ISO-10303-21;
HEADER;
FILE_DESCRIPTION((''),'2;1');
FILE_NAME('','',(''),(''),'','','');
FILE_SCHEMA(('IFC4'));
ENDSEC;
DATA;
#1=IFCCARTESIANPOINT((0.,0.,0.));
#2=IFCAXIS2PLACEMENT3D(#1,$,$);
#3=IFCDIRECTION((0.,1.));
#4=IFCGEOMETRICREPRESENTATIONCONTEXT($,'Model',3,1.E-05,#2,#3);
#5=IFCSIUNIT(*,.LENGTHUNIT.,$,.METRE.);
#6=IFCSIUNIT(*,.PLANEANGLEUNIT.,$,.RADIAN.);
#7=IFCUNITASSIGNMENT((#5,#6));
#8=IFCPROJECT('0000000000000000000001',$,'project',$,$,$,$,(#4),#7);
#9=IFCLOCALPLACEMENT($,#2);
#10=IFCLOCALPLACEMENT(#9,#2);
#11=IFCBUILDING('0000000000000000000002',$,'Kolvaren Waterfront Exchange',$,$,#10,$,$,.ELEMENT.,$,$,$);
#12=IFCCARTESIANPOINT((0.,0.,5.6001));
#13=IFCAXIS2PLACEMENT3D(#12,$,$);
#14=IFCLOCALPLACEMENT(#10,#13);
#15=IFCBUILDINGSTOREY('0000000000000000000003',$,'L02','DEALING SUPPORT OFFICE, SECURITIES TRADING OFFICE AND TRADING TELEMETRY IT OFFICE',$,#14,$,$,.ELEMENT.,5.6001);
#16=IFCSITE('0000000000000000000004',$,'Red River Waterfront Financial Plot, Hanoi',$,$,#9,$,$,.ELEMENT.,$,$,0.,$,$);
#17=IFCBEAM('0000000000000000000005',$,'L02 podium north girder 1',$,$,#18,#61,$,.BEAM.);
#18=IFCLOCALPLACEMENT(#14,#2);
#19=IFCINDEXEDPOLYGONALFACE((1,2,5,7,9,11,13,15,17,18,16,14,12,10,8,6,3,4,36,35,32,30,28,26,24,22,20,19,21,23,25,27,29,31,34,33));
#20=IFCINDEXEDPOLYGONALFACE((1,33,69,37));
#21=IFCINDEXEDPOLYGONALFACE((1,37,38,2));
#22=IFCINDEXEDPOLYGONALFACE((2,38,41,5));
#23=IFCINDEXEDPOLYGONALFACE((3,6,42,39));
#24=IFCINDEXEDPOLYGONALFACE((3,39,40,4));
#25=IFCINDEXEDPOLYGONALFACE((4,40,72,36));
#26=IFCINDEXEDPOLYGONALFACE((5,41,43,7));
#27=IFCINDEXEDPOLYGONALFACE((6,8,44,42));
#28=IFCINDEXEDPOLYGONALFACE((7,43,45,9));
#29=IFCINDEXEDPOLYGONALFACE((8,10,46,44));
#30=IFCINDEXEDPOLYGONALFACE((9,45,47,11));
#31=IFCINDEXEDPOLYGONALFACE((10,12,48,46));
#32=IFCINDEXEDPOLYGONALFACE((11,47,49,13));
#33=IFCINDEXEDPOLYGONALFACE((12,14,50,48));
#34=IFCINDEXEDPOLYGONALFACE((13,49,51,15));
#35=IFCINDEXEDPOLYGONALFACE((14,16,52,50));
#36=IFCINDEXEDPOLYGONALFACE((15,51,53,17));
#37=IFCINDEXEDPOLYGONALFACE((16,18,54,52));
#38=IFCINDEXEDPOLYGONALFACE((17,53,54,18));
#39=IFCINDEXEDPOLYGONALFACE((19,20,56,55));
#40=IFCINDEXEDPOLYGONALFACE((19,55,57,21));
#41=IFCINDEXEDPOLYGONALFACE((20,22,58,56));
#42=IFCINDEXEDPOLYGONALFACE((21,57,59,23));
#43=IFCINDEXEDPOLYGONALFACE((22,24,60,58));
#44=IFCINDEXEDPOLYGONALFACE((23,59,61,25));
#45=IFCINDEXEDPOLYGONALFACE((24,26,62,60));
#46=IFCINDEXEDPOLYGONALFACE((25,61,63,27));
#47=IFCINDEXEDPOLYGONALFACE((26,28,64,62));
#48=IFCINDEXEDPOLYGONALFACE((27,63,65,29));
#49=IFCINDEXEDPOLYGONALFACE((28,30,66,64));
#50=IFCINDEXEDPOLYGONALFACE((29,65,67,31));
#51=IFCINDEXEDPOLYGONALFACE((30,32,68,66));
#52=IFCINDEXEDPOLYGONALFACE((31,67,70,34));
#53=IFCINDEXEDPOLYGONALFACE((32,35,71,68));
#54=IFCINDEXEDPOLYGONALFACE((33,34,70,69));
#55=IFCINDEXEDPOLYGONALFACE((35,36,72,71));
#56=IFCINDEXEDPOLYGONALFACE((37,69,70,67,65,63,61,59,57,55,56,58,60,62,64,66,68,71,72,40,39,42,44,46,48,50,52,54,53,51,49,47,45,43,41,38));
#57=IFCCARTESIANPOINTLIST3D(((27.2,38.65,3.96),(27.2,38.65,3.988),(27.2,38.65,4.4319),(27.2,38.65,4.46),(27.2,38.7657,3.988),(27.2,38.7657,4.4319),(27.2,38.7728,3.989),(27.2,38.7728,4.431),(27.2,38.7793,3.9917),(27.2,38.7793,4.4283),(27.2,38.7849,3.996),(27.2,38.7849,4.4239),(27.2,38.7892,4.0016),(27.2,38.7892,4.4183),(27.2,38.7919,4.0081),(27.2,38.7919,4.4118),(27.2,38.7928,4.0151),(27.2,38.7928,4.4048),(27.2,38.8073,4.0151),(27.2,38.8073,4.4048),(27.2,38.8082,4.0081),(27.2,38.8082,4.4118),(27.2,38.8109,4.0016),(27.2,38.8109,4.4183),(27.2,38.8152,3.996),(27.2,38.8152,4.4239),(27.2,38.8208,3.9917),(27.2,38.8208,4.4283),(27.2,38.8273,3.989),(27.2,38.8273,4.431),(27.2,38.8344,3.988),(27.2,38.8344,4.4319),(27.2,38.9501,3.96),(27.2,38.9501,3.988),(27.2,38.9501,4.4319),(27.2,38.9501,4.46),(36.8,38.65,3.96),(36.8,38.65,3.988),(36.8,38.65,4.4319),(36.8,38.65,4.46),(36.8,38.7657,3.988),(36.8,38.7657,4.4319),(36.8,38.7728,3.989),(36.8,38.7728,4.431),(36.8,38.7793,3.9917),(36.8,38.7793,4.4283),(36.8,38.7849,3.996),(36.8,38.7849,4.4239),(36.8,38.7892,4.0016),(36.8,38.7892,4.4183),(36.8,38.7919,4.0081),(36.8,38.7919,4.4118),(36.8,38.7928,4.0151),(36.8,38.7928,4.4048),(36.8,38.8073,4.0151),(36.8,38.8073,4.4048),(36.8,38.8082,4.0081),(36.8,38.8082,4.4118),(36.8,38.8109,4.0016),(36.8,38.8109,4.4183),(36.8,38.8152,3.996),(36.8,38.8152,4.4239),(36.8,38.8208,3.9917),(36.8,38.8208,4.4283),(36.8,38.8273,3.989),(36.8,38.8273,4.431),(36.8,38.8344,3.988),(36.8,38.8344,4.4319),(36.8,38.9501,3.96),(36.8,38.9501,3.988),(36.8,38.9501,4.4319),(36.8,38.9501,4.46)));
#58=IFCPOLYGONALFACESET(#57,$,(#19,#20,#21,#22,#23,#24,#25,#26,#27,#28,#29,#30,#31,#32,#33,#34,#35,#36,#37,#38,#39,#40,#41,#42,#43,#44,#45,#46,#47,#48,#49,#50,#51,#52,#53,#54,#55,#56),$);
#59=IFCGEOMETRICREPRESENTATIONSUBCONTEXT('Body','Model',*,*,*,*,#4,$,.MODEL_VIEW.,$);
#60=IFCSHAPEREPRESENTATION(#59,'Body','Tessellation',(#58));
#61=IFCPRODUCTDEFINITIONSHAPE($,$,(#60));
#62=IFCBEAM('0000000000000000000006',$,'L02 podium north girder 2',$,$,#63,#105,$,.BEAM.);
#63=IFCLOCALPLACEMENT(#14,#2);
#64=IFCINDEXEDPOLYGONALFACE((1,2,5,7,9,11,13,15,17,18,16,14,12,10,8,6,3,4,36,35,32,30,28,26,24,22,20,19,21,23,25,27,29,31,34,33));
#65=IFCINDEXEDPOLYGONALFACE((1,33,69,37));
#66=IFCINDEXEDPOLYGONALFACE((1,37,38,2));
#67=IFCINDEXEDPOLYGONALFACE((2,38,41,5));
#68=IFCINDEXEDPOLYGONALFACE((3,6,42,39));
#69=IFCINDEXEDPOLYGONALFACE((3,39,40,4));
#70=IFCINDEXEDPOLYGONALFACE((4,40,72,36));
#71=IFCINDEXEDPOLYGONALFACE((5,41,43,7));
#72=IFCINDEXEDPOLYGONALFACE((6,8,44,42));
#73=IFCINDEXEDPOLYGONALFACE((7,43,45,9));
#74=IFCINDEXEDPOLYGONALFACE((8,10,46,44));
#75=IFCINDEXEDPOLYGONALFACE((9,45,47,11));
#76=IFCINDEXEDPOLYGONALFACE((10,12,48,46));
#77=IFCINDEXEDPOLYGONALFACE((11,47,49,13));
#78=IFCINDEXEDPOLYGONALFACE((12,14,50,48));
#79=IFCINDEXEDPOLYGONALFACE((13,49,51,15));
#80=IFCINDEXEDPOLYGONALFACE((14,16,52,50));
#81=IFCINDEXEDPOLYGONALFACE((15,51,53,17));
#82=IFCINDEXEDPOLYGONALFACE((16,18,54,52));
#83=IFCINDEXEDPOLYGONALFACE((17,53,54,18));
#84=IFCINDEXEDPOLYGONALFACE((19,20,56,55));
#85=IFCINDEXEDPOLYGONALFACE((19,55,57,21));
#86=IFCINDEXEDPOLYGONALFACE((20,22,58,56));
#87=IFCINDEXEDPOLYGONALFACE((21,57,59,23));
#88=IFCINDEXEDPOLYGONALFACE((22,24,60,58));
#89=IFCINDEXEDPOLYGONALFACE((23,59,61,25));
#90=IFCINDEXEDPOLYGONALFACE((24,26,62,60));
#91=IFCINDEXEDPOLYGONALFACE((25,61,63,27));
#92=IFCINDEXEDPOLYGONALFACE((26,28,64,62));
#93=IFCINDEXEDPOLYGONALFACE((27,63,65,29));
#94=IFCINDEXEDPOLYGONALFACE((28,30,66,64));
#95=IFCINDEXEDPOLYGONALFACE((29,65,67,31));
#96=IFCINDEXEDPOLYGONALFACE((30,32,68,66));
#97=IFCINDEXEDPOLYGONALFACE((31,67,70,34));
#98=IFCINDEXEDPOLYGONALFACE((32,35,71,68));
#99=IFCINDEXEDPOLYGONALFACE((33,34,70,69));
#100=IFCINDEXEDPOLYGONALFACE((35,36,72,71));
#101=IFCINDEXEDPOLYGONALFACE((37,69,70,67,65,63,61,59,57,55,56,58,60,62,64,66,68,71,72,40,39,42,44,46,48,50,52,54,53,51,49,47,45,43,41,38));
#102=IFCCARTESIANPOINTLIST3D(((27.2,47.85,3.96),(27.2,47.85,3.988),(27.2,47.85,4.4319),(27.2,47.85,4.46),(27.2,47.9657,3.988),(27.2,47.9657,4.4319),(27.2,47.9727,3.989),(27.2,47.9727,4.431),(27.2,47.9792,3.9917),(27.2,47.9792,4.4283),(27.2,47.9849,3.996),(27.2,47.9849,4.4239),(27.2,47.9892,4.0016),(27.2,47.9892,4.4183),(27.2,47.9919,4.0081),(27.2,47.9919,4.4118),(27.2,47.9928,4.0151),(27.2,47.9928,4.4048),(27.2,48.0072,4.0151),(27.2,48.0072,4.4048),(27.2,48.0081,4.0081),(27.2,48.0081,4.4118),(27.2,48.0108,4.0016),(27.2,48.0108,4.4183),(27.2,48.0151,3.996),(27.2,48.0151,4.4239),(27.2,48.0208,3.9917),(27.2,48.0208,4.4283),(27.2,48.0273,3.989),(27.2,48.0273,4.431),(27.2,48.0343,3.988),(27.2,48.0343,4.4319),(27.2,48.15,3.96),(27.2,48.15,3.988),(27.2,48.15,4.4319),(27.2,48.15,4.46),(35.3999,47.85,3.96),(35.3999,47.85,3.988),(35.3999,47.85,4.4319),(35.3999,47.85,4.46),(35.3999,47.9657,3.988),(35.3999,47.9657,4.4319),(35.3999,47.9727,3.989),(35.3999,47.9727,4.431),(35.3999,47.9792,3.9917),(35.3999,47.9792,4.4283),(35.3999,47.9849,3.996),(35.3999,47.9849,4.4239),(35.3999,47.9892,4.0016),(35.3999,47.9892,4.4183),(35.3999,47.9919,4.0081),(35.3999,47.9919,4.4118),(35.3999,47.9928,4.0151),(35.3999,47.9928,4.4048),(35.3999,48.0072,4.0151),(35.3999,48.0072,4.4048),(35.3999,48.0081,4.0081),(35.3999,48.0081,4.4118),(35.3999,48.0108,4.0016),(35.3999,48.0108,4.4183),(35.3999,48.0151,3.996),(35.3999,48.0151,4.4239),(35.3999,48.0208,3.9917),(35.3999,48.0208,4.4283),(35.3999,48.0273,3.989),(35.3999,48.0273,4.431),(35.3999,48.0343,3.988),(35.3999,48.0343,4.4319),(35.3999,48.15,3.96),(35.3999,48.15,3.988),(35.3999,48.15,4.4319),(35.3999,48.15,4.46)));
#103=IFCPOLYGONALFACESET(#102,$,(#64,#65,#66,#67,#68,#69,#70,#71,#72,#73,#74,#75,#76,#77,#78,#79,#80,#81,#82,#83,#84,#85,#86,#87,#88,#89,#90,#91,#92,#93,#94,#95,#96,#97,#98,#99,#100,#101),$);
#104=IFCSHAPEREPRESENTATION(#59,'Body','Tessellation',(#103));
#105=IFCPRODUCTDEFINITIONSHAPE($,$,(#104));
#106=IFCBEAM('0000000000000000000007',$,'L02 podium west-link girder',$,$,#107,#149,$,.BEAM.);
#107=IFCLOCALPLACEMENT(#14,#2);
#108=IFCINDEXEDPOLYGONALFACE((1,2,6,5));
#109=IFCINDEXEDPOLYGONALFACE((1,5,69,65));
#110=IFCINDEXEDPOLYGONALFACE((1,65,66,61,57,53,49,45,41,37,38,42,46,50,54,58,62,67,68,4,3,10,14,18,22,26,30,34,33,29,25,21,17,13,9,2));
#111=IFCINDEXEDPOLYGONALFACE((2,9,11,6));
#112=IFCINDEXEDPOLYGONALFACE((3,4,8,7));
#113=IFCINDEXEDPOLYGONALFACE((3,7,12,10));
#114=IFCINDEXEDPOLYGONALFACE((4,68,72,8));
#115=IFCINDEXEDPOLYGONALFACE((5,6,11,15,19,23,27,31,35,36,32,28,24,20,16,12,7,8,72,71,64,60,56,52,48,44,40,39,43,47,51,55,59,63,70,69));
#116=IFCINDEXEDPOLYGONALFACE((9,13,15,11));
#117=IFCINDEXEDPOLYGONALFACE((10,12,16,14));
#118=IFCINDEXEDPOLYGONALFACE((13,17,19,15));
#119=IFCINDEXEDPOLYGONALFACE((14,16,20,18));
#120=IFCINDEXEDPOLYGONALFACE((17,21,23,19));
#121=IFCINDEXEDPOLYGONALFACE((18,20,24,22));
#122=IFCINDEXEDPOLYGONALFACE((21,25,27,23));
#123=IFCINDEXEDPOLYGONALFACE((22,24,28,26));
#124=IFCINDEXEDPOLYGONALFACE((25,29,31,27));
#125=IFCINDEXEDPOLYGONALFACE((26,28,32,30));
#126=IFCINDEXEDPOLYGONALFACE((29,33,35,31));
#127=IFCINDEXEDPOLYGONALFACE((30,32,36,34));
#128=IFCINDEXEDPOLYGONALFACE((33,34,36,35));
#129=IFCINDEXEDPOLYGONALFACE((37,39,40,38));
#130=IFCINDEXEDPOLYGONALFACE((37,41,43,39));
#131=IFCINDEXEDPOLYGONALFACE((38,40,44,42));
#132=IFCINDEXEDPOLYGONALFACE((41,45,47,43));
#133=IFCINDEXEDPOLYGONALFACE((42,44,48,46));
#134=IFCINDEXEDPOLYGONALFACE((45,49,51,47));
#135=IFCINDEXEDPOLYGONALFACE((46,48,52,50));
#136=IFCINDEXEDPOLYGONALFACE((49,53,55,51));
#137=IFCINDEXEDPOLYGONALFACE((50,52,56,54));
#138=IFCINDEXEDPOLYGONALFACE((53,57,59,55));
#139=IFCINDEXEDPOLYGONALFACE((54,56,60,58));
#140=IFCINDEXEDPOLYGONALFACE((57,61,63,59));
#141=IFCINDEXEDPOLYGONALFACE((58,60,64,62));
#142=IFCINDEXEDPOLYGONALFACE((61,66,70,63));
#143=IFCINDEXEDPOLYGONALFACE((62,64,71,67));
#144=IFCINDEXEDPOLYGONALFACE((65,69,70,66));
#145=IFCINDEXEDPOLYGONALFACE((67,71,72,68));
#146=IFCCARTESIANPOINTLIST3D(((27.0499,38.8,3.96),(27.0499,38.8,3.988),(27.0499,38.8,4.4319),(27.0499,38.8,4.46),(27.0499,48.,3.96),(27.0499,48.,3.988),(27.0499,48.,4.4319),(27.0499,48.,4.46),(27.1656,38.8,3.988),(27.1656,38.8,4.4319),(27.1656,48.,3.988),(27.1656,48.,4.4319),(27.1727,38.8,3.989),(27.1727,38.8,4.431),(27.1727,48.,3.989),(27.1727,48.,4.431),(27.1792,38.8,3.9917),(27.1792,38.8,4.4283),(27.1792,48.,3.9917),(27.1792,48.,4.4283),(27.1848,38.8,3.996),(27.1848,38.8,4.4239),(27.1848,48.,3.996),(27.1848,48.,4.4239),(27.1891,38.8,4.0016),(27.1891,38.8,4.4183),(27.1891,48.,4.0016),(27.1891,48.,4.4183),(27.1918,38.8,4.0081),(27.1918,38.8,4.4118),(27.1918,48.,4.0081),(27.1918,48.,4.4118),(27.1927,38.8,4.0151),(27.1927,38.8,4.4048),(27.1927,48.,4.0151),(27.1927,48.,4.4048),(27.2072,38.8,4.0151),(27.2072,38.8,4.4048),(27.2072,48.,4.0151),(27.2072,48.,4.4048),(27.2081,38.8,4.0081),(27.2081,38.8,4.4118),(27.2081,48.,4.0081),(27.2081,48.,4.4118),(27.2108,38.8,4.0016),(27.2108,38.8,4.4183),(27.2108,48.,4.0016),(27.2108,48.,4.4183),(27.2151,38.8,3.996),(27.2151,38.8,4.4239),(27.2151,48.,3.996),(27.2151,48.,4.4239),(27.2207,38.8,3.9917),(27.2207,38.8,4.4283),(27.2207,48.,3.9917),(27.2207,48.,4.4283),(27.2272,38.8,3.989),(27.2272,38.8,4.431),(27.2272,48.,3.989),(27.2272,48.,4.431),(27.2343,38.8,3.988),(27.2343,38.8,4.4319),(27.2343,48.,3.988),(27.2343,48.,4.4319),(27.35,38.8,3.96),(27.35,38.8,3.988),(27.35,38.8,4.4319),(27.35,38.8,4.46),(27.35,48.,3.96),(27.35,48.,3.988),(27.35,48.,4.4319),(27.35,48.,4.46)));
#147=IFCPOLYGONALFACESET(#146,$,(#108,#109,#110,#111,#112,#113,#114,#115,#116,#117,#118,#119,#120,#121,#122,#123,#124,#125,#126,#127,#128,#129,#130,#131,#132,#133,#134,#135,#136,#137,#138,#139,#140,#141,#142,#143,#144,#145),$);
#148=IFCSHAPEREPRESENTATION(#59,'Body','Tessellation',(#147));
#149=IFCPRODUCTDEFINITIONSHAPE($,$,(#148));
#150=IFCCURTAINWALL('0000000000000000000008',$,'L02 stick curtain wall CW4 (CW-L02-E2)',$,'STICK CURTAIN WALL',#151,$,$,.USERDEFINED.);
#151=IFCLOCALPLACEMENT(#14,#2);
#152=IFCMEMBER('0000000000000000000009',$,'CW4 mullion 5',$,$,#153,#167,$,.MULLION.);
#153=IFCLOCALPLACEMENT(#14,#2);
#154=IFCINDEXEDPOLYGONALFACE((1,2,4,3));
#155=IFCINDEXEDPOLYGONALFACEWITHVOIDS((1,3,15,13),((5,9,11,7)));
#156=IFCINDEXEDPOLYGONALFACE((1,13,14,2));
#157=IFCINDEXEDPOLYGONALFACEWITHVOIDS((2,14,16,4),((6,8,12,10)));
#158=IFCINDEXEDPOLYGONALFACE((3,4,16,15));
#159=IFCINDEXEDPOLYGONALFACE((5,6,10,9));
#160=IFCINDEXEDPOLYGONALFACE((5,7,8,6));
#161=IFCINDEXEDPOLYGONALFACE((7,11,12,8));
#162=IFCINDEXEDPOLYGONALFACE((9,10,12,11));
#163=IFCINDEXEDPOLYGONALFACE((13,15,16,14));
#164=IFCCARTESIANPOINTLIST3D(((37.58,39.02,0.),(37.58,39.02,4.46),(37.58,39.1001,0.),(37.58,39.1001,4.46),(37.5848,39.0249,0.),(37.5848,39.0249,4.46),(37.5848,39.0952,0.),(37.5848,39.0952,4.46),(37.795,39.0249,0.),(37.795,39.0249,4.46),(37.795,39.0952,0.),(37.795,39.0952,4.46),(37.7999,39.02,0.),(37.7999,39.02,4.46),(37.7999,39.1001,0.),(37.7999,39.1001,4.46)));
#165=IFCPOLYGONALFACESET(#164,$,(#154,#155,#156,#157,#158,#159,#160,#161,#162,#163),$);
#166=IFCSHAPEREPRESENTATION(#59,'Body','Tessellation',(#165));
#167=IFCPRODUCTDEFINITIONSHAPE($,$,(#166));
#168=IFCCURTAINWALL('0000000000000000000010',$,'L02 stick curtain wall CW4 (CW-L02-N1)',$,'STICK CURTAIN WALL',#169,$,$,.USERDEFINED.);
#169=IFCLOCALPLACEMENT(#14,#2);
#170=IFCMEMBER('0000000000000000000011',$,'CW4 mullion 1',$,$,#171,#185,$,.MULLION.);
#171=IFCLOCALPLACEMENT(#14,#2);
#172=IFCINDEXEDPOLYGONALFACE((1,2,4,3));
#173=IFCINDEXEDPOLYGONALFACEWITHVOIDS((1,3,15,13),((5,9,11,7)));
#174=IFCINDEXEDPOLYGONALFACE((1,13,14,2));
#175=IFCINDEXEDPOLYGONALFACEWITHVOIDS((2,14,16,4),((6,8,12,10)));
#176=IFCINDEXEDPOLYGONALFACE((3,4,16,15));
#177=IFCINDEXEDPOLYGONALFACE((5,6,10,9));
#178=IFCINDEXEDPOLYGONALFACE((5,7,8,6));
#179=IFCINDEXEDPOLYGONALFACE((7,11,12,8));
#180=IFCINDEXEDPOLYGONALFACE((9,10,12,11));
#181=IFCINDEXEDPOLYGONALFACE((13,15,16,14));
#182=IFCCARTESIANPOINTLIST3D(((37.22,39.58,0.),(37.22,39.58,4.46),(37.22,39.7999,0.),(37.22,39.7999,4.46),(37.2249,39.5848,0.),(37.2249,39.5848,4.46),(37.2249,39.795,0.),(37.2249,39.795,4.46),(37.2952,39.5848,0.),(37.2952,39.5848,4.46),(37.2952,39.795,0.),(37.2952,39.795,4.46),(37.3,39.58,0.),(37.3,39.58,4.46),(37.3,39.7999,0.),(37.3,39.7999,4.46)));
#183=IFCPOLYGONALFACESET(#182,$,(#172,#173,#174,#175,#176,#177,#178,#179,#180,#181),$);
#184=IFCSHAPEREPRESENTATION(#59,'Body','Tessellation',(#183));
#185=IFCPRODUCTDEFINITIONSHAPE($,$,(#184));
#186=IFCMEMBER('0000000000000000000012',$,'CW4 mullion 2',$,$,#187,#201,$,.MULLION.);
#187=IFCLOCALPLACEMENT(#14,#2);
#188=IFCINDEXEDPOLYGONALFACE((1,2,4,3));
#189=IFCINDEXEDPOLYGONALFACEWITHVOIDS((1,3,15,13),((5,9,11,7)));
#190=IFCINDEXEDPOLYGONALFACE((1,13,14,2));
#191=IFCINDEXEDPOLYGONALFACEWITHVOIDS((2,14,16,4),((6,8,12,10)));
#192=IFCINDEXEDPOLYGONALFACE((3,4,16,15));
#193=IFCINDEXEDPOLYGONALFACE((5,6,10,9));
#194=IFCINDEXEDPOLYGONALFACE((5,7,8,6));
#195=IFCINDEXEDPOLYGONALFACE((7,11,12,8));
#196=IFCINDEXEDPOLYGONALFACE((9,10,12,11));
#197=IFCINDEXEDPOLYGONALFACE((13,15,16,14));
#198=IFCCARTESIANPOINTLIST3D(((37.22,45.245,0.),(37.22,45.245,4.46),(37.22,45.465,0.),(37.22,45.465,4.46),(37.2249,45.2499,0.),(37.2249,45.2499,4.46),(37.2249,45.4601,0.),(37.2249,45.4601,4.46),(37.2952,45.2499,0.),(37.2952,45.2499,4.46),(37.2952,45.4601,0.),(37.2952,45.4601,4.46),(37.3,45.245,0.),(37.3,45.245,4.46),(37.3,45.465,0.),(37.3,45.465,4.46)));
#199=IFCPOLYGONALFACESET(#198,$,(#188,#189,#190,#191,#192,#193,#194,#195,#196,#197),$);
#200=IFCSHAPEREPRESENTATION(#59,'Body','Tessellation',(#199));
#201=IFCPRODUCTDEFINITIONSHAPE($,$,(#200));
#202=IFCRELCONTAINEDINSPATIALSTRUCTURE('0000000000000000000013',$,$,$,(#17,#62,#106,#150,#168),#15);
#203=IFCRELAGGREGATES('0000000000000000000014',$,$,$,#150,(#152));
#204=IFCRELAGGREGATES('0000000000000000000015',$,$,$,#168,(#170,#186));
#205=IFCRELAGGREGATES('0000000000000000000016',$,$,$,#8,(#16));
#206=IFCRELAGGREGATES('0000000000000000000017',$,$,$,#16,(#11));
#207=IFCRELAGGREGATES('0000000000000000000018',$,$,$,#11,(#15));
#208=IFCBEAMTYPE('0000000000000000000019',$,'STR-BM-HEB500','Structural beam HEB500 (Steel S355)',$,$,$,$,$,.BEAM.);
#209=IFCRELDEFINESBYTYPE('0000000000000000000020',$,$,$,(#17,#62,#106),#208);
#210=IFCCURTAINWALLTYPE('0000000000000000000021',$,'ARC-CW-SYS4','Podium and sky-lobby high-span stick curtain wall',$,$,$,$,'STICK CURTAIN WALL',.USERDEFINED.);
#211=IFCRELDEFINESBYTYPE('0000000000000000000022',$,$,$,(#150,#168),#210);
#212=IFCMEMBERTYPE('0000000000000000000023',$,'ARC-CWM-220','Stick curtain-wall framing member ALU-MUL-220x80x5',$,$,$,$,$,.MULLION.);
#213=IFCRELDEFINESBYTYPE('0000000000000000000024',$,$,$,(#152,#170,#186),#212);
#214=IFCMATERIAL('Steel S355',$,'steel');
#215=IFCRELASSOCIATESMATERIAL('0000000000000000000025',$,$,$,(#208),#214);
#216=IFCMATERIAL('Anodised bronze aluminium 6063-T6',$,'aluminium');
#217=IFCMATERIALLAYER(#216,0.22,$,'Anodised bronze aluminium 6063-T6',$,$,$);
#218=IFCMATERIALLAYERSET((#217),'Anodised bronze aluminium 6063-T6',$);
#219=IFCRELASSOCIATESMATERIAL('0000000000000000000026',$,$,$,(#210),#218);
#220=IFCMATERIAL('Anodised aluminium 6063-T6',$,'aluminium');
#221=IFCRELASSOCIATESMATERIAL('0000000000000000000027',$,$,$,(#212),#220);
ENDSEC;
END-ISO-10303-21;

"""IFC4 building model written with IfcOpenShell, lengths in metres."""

from ifc_helpers import new_model, si_unit, direction, frame, origin, origin_with_axes, origin_2d, place, context, subcontext, project, spatial, hollow_rectangle, i_section, extrude, source, transform, mapped, material, layer, layer_set, material_profile, profile_set, type_object, element, aggregate, save


model = new_model("IFC4")

# Units and contexts
model_context = context("Model", 3, precision=1e-05, world=origin(), true_north=direction((0.0, 1.0)))
body_context = subcontext(model_context, "Body", "Model", "MODEL_VIEW")
ifc_project = project(units=[si_unit("LENGTHUNIT", "METRE"), si_unit("PLANEANGLEUNIT", "RADIAN")], contexts=[model_context])

# Site, building, storey
site_placement = place(None, origin())
site = spatial("IfcSite", under=ifc_project, at=site_placement, Name="Red River Waterfront Financial Plot, Hanoi", CompositionType="ELEMENT", RefElevation=0.0)
building_placement = place(site_placement, origin())
building = spatial("IfcBuilding", under=site, at=building_placement, Name="Kolvaren Waterfront Exchange", CompositionType="ELEMENT")
storey_placement = place(building_placement, frame((0.0, 0.0, 5.6001)))
storey = spatial("IfcBuildingStorey", under=building, at=storey_placement, Name="L02", Description="DEALING SUPPORT OFFICE, SECURITIES TRADING OFFICE AND TRADING TELEMETRY IT OFFICE", CompositionType="ELEMENT", Elevation=5.6001)

# Beams
ifc_material_1 = material(Name="Steel S355", Category="steel")
ifc_material_profile_1 = material_profile(ifc_material_1, i_section(OverallWidth=0.3, OverallDepth=0.5, WebThickness=0.0144, FlangeThickness=0.0281, FilletRadius=0.0271, at=origin_2d()), Name="HEB500")
ifc_profile_set_1 = profile_set([ifc_material_profile_1], Name="Steel S355")
beam_type = type_object("IfcBeamType", Name="STR-BM-HEB500", Description="Structural beam HEB500 (Steel S355)", PredefinedType="BEAM", material=ifc_profile_set_1)
beam_1_placement = place(storey_placement, frame((27.2, 38.8, 4.21), z_axis=(1.0, 0.0, 0.0), x_axis=(0.0, 1.0, 0.0)))
element("IfcBeam", 1, at=beam_1_placement, inside=storey, type_object=beam_type, Name="L02 podium north girder 1", PredefinedType="BEAM", context=body_context, shape_type="SweptSolid", body=[
    extrude(i_section(OverallWidth=0.3, OverallDepth=0.5, WebThickness=0.0144, FlangeThickness=0.0281, FilletRadius=0.0271, at=origin_2d()), origin(), (0.0, 0.0, 1.0), 9.6001),
])
beam_2_placement = place(storey_placement, frame((27.2, 48.0, 4.21), z_axis=(1.0, 0.0, 0.0), x_axis=(0.0, 1.0, 0.0)))
element("IfcBeam", 2, at=beam_2_placement, inside=storey, type_object=beam_type, Name="L02 podium north girder 2", PredefinedType="BEAM", context=body_context, shape_type="SweptSolid", body=[
    extrude(i_section(OverallWidth=0.3, OverallDepth=0.5, WebThickness=0.0144, FlangeThickness=0.0281, FilletRadius=0.0271, at=origin_2d()), origin(), (0.0, 0.0, 1.0), 8.2),
])
beam_3_placement = place(storey_placement, frame((27.2, 38.8, 4.21), z_axis=(0.0, 1.0, 0.0), x_axis=(-1.0, 0.0, 0.0)))
element("IfcBeam", 3, at=beam_3_placement, inside=storey, type_object=beam_type, Name="L02 podium west-link girder", PredefinedType="BEAM", context=body_context, shape_type="SweptSolid", body=[
    extrude(i_section(OverallWidth=0.3, OverallDepth=0.5, WebThickness=0.0144, FlangeThickness=0.0281, FilletRadius=0.0271, at=origin_2d()), origin(), (0.0, 0.0, 1.0), 9.2),
])

# Curtain wall, member
ifc_material_2 = material(Name="Anodised bronze aluminium 6063-T6", Category="aluminium")
ifc_layer_1 = layer(ifc_material_2, 0.22, Name="Anodised bronze aluminium 6063-T6")
ifc_layer_set_1 = layer_set([ifc_layer_1], Name="Anodised bronze aluminium 6063-T6")
curtain_wall_type_1 = type_object("IfcCurtainWallType", Name="ARC-CW-SYS4", Description="Podium and sky-lobby high-span stick curtain wall", ElementType="STICK CURTAIN WALL", PredefinedType="USERDEFINED", material=ifc_layer_set_1)
curtain_wall_1_placement = place(storey_placement, origin())
curtain_wall_1 = element("IfcCurtainWall", 4, at=curtain_wall_1_placement, inside=storey, type_object=curtain_wall_type_1, Name="L02 stick curtain wall CW4 (CW-L02-E2)", ObjectType="STICK CURTAIN WALL", PredefinedType="USERDEFINED")
ifc_material_3 = material(Name="Anodised aluminium 6063-T6", Category="aluminium")
ifc_material_profile_2 = material_profile(ifc_material_3, hollow_rectangle(XDim=0.0801, YDim=0.22, WallThickness=0.0049, at=origin_2d()), Name="ALU-MUL-220x80x5")
ifc_profile_set_2 = profile_set([ifc_material_profile_2], Name="Anodised aluminium 6063-T6")
member_type_1 = type_object("IfcMemberType", Name="ARC-CWM-220", Description="Stick curtain-wall framing member ALU-MUL-220x80x5", PredefinedType="MULLION", material=ifc_profile_set_2)
shared_shape_1 = source(origin_with_axes(), body_context, "Body", "SweptSolid", [
    extrude(hollow_rectangle(XDim=0.0801, YDim=0.22, WallThickness=0.0049, at=origin_2d()), origin(), (0.0, 0.0, 1.0), 4.46),
])
member_1_placement = place(storey_placement, frame((37.6899, 39.0601, 0.0), z_axis=(0.0, 0.0, 1.0), x_axis=(0.0, -1.0, 0.0)))
member_1 = element("IfcMember", 5, at=member_1_placement, type_object=member_type_1, Name="CW4 mullion 5", PredefinedType="MULLION", context=body_context, shape_type="MappedRepresentation", body=[
    mapped(shared_shape_1, transform((0.0, 0.0, 0.0), x_axis=(1.0, 0.0, 0.0), y_axis=(0.0, 1.0, 0.0), z_axis=(0.0, 0.0, 1.0), scale=1.0)),
])
aggregate(curtain_wall_1, [member_1])

# Curtain wall, members
curtain_wall_2_placement = place(storey_placement, origin())
curtain_wall_2 = element("IfcCurtainWall", 6, at=curtain_wall_2_placement, inside=storey, type_object=curtain_wall_type_1, Name="L02 stick curtain wall CW4 (CW-L02-N1)", ObjectType="STICK CURTAIN WALL", PredefinedType="USERDEFINED")
member_2_placement = place(storey_placement, frame((37.26, 39.6899, 0.0), z_axis=(0.0, 0.0, 1.0), x_axis=(-1.0, 0.0, 0.0)))
member_2 = element("IfcMember", 7, at=member_2_placement, type_object=member_type_1, Name="CW4 mullion 1", PredefinedType="MULLION", context=body_context, shape_type="MappedRepresentation", body=[
    mapped(shared_shape_1, transform((0.0, 0.0, 0.0), x_axis=(1.0, 0.0, 0.0), y_axis=(0.0, 1.0, 0.0), z_axis=(0.0, 0.0, 1.0), scale=1.0)),
])
member_3_placement = place(storey_placement, frame((37.26, 45.355, 0.0), z_axis=(0.0, 0.0, 1.0), x_axis=(-1.0, 0.0, 0.0)))
member_3 = element("IfcMember", 8, at=member_3_placement, type_object=member_type_1, Name="CW4 mullion 2", PredefinedType="MULLION", context=body_context, shape_type="MappedRepresentation", body=[
    mapped(shared_shape_1, transform((0.0, 0.0, 0.0), x_axis=(1.0, 0.0, 0.0), y_axis=(0.0, 1.0, 0.0), z_axis=(0.0, 0.0, 1.0), scale=1.0)),
])

aggregate(curtain_wall_2, [member_2, member_3])

save(model, "model.ifc")
